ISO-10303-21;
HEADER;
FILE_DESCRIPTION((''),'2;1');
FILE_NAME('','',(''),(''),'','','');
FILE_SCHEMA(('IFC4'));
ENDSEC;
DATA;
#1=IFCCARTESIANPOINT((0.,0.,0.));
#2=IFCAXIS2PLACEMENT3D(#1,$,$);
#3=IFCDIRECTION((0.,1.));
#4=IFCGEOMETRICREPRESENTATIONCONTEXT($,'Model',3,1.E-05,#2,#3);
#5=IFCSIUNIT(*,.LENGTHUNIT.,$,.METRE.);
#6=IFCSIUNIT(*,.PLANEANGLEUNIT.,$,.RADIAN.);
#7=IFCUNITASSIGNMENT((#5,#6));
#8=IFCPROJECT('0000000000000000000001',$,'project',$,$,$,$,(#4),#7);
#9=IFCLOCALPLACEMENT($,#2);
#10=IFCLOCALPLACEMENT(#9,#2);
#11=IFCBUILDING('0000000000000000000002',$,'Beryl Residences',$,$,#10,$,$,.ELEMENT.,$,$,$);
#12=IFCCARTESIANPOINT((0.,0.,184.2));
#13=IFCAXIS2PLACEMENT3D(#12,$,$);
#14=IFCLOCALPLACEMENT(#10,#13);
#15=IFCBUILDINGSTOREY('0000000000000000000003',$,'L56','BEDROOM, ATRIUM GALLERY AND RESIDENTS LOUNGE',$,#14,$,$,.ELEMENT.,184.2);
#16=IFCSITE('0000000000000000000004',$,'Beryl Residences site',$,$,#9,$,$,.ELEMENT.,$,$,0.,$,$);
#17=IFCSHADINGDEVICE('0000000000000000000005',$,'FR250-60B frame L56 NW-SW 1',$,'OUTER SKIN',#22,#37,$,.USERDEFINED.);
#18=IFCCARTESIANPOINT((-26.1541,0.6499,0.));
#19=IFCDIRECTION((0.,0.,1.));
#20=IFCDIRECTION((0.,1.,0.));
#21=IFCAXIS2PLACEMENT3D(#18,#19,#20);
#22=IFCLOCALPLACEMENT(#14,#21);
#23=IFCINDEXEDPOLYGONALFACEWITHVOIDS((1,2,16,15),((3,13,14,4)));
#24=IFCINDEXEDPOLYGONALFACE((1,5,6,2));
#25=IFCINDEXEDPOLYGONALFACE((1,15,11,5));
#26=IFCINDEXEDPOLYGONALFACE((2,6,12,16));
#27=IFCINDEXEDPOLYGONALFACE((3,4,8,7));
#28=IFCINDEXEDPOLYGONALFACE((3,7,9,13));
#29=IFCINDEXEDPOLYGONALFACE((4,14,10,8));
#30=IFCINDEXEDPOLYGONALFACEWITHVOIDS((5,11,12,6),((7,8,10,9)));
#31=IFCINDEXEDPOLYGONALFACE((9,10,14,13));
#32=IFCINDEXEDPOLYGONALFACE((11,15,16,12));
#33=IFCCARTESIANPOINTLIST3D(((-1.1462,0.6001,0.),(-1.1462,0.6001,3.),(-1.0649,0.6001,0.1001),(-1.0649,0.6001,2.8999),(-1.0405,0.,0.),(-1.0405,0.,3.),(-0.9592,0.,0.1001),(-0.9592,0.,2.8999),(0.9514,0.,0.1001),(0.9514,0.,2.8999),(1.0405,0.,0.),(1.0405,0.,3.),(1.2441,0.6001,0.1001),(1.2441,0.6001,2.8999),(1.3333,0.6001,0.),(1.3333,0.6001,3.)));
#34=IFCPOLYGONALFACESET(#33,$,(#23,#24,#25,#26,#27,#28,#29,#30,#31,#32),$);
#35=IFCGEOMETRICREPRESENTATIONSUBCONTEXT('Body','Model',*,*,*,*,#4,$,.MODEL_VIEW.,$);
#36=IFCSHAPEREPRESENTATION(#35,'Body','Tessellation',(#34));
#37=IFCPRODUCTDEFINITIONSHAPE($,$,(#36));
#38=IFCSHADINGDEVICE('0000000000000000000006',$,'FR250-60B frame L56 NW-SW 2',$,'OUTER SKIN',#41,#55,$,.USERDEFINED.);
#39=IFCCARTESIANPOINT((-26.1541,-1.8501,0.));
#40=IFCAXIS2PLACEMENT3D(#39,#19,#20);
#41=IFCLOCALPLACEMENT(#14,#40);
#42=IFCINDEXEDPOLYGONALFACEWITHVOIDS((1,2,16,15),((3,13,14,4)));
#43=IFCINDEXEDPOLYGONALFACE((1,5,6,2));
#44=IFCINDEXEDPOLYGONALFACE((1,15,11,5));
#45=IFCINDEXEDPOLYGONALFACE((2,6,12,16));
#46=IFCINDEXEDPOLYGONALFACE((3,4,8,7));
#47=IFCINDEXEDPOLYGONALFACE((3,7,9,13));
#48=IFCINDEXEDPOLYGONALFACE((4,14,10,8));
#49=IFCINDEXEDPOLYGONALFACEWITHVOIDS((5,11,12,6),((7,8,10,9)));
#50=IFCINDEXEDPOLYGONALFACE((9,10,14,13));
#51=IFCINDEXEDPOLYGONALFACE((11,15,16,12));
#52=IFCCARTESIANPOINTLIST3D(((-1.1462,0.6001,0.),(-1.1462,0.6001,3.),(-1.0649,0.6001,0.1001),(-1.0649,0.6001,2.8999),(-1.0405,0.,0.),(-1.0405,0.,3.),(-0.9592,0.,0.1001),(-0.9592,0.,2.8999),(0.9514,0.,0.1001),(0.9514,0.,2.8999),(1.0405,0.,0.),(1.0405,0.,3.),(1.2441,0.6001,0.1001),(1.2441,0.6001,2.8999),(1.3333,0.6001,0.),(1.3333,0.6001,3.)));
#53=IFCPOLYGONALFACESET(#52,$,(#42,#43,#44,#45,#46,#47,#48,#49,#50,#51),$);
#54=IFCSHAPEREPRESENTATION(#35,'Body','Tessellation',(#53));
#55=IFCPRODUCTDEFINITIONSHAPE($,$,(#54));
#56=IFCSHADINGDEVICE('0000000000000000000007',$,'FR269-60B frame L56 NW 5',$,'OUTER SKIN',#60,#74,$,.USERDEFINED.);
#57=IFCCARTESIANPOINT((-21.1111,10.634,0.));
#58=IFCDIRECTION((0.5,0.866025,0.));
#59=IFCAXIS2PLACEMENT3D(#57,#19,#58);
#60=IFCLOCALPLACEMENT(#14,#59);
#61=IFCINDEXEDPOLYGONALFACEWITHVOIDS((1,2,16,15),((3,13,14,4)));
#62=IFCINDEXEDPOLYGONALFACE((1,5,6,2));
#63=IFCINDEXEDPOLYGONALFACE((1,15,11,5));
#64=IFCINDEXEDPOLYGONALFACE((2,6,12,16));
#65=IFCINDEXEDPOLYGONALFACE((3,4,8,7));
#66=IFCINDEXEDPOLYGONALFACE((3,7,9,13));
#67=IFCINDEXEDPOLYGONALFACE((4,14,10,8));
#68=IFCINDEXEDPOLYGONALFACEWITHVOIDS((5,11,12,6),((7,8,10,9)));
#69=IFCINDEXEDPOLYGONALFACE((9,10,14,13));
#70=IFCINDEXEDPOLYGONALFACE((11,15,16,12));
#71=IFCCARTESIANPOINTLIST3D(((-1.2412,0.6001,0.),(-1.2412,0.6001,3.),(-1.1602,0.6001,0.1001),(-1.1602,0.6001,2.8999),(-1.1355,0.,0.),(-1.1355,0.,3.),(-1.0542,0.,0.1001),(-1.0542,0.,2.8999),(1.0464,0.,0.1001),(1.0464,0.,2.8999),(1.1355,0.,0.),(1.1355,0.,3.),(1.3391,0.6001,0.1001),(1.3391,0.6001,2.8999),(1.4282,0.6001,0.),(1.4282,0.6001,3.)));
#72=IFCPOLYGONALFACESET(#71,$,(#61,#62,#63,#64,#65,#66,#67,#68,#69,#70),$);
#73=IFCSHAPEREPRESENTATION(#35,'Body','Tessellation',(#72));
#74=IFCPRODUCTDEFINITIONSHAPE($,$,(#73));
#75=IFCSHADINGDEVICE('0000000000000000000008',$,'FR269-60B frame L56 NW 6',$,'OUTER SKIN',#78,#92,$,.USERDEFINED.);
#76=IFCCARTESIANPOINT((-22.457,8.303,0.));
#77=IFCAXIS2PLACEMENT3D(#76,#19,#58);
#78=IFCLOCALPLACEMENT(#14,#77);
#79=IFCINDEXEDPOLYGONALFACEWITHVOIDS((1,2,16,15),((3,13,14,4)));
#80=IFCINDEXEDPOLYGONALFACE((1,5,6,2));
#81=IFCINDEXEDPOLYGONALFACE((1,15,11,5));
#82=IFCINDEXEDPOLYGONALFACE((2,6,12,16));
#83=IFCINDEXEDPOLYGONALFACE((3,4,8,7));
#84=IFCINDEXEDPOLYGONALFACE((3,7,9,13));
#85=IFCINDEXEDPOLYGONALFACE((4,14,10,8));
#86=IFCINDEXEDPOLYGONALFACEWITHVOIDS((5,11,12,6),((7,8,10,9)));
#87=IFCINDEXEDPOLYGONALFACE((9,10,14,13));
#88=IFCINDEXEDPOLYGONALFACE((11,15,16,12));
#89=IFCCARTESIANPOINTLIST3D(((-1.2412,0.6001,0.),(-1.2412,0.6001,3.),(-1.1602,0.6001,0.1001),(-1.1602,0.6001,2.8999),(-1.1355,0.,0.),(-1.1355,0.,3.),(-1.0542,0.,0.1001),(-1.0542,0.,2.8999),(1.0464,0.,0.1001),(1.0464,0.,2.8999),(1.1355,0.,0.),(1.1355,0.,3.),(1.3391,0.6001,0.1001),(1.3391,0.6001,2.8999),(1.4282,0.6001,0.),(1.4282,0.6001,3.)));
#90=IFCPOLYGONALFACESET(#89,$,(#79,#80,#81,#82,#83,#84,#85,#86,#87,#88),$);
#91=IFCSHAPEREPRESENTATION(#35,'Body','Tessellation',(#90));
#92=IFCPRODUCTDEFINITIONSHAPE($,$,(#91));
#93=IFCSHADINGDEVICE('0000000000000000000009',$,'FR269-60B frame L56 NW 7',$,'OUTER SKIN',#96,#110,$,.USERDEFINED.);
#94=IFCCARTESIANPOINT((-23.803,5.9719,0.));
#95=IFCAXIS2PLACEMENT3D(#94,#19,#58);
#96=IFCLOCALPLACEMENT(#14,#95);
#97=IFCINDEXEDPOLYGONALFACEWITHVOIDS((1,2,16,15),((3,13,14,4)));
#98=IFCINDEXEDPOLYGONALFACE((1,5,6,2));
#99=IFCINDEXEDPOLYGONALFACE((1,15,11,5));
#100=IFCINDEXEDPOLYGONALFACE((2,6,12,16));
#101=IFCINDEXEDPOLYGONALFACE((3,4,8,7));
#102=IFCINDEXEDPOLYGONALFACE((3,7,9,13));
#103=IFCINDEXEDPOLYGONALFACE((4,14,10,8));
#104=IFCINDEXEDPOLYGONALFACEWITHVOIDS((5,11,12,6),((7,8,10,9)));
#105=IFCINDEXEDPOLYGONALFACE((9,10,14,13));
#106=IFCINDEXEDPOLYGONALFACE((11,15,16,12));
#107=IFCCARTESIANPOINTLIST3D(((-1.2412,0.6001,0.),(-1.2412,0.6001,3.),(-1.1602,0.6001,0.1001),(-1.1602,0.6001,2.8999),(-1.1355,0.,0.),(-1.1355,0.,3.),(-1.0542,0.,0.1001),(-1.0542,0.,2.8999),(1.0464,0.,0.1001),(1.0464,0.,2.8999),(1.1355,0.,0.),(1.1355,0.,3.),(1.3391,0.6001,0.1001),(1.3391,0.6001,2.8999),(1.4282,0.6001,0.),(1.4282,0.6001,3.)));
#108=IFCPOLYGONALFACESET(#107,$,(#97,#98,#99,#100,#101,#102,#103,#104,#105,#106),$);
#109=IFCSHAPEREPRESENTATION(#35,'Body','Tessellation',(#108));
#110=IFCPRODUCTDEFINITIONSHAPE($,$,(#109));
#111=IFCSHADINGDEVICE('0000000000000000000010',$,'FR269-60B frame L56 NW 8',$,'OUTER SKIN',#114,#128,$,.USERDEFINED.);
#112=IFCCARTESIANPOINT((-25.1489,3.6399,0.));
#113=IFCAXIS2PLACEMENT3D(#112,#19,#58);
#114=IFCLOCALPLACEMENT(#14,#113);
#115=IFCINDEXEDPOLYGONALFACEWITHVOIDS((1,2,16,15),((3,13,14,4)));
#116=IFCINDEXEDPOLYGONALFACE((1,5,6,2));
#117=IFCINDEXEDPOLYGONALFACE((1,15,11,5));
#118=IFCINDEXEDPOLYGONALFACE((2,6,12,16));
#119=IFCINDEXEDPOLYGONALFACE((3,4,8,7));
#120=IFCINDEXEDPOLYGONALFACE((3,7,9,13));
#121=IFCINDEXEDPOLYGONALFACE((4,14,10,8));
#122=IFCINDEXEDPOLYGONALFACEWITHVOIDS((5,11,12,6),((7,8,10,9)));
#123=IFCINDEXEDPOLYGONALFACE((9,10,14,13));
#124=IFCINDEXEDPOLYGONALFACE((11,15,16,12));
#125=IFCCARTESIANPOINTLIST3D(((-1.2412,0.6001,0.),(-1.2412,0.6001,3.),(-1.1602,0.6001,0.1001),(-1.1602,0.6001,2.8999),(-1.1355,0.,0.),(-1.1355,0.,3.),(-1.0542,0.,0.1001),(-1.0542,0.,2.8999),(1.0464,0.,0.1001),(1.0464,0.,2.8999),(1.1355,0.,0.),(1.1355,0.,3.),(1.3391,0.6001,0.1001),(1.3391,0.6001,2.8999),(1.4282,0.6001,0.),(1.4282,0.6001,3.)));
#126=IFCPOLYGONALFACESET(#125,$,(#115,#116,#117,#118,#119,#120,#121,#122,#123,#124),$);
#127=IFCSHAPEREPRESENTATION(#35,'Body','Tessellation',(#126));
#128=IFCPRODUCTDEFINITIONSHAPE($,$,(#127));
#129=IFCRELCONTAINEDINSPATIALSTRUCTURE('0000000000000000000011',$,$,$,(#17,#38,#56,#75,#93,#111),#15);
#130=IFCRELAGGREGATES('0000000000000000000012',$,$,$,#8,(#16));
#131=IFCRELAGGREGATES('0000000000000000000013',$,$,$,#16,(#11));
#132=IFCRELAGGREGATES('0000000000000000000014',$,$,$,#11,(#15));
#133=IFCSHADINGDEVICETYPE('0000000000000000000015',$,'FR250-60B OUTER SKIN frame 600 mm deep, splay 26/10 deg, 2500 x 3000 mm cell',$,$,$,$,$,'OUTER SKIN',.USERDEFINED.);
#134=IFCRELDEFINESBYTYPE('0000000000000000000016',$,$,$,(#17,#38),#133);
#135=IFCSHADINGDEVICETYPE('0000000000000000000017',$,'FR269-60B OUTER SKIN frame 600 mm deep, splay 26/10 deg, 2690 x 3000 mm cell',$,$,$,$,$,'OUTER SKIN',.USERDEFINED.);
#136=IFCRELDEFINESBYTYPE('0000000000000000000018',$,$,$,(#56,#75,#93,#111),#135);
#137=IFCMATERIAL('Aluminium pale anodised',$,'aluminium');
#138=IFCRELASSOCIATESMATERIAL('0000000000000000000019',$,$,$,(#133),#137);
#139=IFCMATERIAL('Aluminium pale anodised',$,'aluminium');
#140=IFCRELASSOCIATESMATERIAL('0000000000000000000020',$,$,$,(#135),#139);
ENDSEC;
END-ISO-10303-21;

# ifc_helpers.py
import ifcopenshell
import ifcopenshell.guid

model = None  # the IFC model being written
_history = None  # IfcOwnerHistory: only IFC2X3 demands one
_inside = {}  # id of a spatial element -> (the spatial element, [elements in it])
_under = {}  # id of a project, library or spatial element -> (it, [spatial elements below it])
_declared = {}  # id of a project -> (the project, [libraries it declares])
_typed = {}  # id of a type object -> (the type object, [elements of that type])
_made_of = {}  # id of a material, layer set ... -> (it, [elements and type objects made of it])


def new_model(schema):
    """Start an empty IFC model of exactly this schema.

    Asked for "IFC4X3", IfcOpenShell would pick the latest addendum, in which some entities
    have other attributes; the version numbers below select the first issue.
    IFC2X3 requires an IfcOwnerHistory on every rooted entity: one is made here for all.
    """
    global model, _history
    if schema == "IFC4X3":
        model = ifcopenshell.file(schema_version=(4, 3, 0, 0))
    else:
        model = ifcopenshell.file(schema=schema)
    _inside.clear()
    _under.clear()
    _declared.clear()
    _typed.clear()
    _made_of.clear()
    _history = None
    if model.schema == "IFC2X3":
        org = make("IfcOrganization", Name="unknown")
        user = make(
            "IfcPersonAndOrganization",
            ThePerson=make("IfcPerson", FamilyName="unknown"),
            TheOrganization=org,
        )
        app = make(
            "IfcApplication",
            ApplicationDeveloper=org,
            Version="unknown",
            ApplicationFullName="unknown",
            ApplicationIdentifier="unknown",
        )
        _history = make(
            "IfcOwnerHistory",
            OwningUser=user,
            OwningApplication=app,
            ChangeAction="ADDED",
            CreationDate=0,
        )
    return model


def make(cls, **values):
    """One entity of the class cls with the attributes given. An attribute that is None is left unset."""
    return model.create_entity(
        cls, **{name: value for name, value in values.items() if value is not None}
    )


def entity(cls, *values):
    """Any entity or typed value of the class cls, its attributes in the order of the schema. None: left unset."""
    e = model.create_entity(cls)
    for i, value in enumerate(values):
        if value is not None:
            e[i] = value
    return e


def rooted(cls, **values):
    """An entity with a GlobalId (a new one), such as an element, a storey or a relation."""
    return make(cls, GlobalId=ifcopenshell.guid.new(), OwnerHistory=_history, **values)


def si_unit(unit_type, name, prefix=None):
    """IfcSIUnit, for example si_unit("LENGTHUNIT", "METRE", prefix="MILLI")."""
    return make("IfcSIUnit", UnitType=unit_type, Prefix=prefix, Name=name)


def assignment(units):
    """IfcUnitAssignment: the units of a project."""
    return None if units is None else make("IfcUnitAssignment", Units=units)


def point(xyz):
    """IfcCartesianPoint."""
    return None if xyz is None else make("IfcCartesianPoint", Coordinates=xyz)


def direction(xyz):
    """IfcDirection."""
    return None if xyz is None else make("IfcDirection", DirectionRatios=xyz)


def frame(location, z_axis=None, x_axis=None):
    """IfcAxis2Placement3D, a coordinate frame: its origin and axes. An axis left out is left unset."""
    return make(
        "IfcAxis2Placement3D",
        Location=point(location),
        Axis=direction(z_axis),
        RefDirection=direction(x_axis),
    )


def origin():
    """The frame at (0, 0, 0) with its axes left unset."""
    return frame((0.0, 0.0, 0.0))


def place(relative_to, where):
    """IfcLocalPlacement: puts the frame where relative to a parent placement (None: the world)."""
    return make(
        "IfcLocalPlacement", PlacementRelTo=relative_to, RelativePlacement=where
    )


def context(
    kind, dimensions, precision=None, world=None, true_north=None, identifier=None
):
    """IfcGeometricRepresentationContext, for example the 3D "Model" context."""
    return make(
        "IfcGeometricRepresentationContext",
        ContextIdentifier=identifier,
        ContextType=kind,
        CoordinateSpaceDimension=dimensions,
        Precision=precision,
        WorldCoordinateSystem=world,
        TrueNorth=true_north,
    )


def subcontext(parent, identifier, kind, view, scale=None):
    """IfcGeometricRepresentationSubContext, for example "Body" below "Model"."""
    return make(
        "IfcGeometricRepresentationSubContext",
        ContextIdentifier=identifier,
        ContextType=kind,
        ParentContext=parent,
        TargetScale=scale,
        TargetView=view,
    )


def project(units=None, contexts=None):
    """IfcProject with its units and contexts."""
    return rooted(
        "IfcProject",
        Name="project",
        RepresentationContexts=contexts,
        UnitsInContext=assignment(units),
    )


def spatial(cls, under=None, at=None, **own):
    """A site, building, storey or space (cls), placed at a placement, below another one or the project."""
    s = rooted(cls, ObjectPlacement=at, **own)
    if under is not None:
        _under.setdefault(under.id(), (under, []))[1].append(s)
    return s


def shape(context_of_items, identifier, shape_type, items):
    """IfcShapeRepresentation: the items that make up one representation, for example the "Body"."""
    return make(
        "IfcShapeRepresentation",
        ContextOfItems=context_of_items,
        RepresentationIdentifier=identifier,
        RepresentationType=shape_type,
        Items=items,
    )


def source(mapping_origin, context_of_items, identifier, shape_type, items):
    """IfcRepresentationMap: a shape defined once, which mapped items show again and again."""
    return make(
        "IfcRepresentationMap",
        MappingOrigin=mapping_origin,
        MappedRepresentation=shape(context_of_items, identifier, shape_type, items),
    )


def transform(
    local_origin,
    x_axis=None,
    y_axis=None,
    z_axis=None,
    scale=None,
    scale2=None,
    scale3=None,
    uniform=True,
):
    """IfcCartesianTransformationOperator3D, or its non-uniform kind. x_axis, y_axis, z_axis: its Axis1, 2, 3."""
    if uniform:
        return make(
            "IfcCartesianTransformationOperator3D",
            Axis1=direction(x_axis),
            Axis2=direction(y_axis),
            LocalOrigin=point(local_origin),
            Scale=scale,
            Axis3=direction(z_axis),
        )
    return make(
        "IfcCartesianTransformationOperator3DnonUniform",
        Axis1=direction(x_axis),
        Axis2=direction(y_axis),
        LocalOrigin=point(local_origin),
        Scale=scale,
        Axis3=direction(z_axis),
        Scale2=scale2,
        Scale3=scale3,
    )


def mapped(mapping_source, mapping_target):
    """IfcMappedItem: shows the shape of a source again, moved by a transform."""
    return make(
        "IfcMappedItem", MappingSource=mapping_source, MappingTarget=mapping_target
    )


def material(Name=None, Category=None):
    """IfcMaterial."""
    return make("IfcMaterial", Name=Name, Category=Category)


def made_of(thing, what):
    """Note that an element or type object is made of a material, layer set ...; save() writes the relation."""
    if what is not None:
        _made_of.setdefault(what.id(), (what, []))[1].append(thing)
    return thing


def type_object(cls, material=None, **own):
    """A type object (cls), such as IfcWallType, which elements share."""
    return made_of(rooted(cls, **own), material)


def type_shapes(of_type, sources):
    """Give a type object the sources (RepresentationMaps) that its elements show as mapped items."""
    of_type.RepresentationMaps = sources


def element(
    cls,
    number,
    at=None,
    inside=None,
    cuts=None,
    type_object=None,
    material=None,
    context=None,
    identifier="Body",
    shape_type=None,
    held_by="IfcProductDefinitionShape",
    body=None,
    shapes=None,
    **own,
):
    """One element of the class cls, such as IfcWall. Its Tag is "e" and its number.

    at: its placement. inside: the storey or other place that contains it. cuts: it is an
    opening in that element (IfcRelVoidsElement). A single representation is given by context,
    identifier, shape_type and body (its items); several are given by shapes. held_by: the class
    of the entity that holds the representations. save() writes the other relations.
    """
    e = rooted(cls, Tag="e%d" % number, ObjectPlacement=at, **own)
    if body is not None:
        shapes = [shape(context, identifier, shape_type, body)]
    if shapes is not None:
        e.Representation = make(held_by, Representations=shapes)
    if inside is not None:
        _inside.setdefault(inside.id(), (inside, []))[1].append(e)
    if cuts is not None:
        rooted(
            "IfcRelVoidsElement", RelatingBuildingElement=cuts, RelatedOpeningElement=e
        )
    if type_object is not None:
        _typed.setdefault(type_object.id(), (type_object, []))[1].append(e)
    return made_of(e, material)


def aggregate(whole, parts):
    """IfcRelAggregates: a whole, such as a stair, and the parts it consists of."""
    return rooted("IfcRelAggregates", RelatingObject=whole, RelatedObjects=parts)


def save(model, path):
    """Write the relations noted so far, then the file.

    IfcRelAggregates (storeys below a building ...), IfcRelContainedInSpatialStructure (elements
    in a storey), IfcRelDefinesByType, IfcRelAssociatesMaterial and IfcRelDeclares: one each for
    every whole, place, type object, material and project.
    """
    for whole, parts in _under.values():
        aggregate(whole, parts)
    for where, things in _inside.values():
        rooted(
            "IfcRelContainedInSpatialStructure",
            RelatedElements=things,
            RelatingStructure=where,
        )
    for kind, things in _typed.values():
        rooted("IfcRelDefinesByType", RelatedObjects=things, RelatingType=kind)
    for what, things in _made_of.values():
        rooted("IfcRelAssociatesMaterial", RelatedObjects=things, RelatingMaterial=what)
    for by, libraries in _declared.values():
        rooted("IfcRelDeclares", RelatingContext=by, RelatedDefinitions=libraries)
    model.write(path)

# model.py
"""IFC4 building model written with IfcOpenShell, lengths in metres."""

from ifc_helpers import new_model, entity, si_unit, direction, frame, origin, place, context, subcontext, project, spatial, source, transform, mapped, material, type_object, type_shapes, element, save


model = new_model("IFC4")

# Units and contexts
model_context = context("Model", 3, precision=1e-05, world=origin(), true_north=direction((0.0, 1.0)))
body_context = subcontext(model_context, "Body", "Model", "MODEL_VIEW")
ifc_project = project(units=[si_unit("LENGTHUNIT", "METRE"), si_unit("PLANEANGLEUNIT", "RADIAN")], contexts=[model_context])

# Site, building, storey
site_placement = place(None, origin())
site = spatial("IfcSite", under=ifc_project, at=site_placement, Name="Beryl Residences site", CompositionType="ELEMENT", RefElevation=0.0)
building_placement = place(site_placement, origin())
building = spatial("IfcBuilding", under=site, at=building_placement, Name="Beryl Residences", CompositionType="ELEMENT")
storey_placement = place(building_placement, frame((0.0, 0.0, 184.2)))
storey = spatial("IfcBuildingStorey", under=building, at=storey_placement, Name="L56", Description="BEDROOM, ATRIUM GALLERY AND RESIDENTS LOUNGE", CompositionType="ELEMENT", Elevation=184.2)

# Shading devices
ifc_material_1 = material(Name="Aluminium pale anodised", Category="aluminium")
shading_device_type_1 = type_object("IfcShadingDeviceType", Name="FR250-60B OUTER SKIN frame 600 mm deep, splay 26/10 deg, 2500 x 3000 mm cell", ElementType="OUTER SKIN", PredefinedType="USERDEFINED", material=ifc_material_1)
cartesian_point_1 = entity("IfcCartesianPoint", [-1.0405, 0.0])
cartesian_point_2 = entity("IfcCartesianPoint", [-0.9514, 0.1001])
cartesian_point_3 = entity("IfcCartesianPoint", [-1.3333, 0.0])
cartesian_point_4 = entity("IfcCartesianPoint", [-1.2441, 0.1001])
shared_shape_1 = source(origin(), body_context, "Body", "SweptSolid", [
    entity("IfcExtrudedAreaSolidTapered", entity("IfcArbitraryProfileDefWithVoids", "AREA", None, entity("IfcPolyline", [cartesian_point_1, entity("IfcCartesianPoint", [1.0405, 0.0]), entity("IfcCartesianPoint", [1.0405, 3.0]), entity("IfcCartesianPoint", [-1.0405, 3.0]), cartesian_point_1]), [entity("IfcPolyline", [cartesian_point_2, entity("IfcCartesianPoint", [0.9592, 0.1001]), entity("IfcCartesianPoint", [0.9592, 2.8999]), entity("IfcCartesianPoint", [-0.9514, 2.8999]), cartesian_point_2])]), entity("IfcAxis2Placement3D", entity("IfcCartesianPoint", [0.0, 0.0, 0.0]), entity("IfcDirection", [0.0, 1.0, 0.0]), entity("IfcDirection", [-1.0, 0.0, 0.0])), entity("IfcDirection", [0.0, 0.0, 1.0]), 0.6001, entity("IfcArbitraryProfileDefWithVoids", "AREA", None, entity("IfcPolyline", [cartesian_point_3, entity("IfcCartesianPoint", [1.1462, 0.0]), entity("IfcCartesianPoint", [1.1462, 3.0]), entity("IfcCartesianPoint", [-1.3333, 3.0]), cartesian_point_3]), [entity("IfcPolyline", [cartesian_point_4, entity("IfcCartesianPoint", [1.0649, 0.1001]), entity("IfcCartesianPoint", [1.0649, 2.8999]), entity("IfcCartesianPoint", [-1.2441, 2.8999]), cartesian_point_4])])),
])
type_shapes(shading_device_type_1, [shared_shape_1])
for number, where, z_axis, x_axis, name in (
    (1, (-26.1541, 0.6499, 0.0), (0.0, 0.0, 1.0), (0.0, 1.0, 0.0), "FR250-60B frame L56 NW-SW 1"),
    (2, (-26.1541, -1.8501, 0.0), (0.0, 0.0, 1.0), (0.0, 1.0, 0.0), "FR250-60B frame L56 NW-SW 2"),
):
    element("IfcShadingDevice", number, at=place(storey_placement, frame(where, z_axis=z_axis, x_axis=x_axis)), inside=storey, type_object=shading_device_type_1, Name=name, ObjectType="OUTER SKIN", PredefinedType="USERDEFINED", context=body_context, shape_type="MappedRepresentation", body=[
        mapped(shared_shape_1, transform((0.0, 0.0, 0.0))),
    ])
ifc_material_2 = material(Name="Aluminium pale anodised", Category="aluminium")
shading_device_type_2 = type_object("IfcShadingDeviceType", Name="FR269-60B OUTER SKIN frame 600 mm deep, splay 26/10 deg, 2690 x 3000 mm cell", ElementType="OUTER SKIN", PredefinedType="USERDEFINED", material=ifc_material_2)
cartesian_point_5 = entity("IfcCartesianPoint", [-1.1355, 0.0])
cartesian_point_6 = entity("IfcCartesianPoint", [-1.0464, 0.1001])
cartesian_point_7 = entity("IfcCartesianPoint", [-1.4282, 0.0])
cartesian_point_8 = entity("IfcCartesianPoint", [-1.3391, 0.1001])
shared_shape_2 = source(origin(), body_context, "Body", "SweptSolid", [
    entity("IfcExtrudedAreaSolidTapered", entity("IfcArbitraryProfileDefWithVoids", "AREA", None, entity("IfcPolyline", [cartesian_point_5, entity("IfcCartesianPoint", [1.1355, 0.0]), entity("IfcCartesianPoint", [1.1355, 3.0]), entity("IfcCartesianPoint", [-1.1355, 3.0]), cartesian_point_5]), [entity("IfcPolyline", [cartesian_point_6, entity("IfcCartesianPoint", [1.0542, 0.1001]), entity("IfcCartesianPoint", [1.0542, 2.8999]), entity("IfcCartesianPoint", [-1.0464, 2.8999]), cartesian_point_6])]), entity("IfcAxis2Placement3D", entity("IfcCartesianPoint", [0.0, 0.0, 0.0]), entity("IfcDirection", [0.0, 1.0, 0.0]), entity("IfcDirection", [-1.0, 0.0, 0.0])), entity("IfcDirection", [0.0, 0.0, 1.0]), 0.6001, entity("IfcArbitraryProfileDefWithVoids", "AREA", None, entity("IfcPolyline", [cartesian_point_7, entity("IfcCartesianPoint", [1.2412, 0.0]), entity("IfcCartesianPoint", [1.2412, 3.0]), entity("IfcCartesianPoint", [-1.4282, 3.0]), cartesian_point_7]), [entity("IfcPolyline", [cartesian_point_8, entity("IfcCartesianPoint", [1.1602, 0.1001]), entity("IfcCartesianPoint", [1.1602, 2.8999]), entity("IfcCartesianPoint", [-1.3391, 2.8999]), cartesian_point_8])])),
])
type_shapes(shading_device_type_2, [shared_shape_2])
for number, where, z_axis, x_axis, name in (
    (3, (-21.1111, 10.634, 0.0), (0.0, 0.0, 1.0), (0.5, 0.866025, 0.0), "FR269-60B frame L56 NW 5"),
    (4, (-22.457, 8.303, 0.0), (0.0, 0.0, 1.0), (0.5, 0.866025, 0.0), "FR269-60B frame L56 NW 6"),
    (5, (-23.803, 5.9719, 0.0), (0.0, 0.0, 1.0), (0.5, 0.866025, 0.0), "FR269-60B frame L56 NW 7"),
    (6, (-25.1489, 3.6399, 0.0), (0.0, 0.0, 1.0), (0.5, 0.866025, 0.0), "FR269-60B frame L56 NW 8"),
):
    element("IfcShadingDevice", number, at=place(storey_placement, frame(where, z_axis=z_axis, x_axis=x_axis)), inside=storey, type_object=shading_device_type_2, Name=name, ObjectType="OUTER SKIN", PredefinedType="USERDEFINED", context=body_context, shape_type="MappedRepresentation", body=[
        mapped(shared_shape_2, transform((0.0, 0.0, 0.0))),
    ])

save(model, "model.ifc")
